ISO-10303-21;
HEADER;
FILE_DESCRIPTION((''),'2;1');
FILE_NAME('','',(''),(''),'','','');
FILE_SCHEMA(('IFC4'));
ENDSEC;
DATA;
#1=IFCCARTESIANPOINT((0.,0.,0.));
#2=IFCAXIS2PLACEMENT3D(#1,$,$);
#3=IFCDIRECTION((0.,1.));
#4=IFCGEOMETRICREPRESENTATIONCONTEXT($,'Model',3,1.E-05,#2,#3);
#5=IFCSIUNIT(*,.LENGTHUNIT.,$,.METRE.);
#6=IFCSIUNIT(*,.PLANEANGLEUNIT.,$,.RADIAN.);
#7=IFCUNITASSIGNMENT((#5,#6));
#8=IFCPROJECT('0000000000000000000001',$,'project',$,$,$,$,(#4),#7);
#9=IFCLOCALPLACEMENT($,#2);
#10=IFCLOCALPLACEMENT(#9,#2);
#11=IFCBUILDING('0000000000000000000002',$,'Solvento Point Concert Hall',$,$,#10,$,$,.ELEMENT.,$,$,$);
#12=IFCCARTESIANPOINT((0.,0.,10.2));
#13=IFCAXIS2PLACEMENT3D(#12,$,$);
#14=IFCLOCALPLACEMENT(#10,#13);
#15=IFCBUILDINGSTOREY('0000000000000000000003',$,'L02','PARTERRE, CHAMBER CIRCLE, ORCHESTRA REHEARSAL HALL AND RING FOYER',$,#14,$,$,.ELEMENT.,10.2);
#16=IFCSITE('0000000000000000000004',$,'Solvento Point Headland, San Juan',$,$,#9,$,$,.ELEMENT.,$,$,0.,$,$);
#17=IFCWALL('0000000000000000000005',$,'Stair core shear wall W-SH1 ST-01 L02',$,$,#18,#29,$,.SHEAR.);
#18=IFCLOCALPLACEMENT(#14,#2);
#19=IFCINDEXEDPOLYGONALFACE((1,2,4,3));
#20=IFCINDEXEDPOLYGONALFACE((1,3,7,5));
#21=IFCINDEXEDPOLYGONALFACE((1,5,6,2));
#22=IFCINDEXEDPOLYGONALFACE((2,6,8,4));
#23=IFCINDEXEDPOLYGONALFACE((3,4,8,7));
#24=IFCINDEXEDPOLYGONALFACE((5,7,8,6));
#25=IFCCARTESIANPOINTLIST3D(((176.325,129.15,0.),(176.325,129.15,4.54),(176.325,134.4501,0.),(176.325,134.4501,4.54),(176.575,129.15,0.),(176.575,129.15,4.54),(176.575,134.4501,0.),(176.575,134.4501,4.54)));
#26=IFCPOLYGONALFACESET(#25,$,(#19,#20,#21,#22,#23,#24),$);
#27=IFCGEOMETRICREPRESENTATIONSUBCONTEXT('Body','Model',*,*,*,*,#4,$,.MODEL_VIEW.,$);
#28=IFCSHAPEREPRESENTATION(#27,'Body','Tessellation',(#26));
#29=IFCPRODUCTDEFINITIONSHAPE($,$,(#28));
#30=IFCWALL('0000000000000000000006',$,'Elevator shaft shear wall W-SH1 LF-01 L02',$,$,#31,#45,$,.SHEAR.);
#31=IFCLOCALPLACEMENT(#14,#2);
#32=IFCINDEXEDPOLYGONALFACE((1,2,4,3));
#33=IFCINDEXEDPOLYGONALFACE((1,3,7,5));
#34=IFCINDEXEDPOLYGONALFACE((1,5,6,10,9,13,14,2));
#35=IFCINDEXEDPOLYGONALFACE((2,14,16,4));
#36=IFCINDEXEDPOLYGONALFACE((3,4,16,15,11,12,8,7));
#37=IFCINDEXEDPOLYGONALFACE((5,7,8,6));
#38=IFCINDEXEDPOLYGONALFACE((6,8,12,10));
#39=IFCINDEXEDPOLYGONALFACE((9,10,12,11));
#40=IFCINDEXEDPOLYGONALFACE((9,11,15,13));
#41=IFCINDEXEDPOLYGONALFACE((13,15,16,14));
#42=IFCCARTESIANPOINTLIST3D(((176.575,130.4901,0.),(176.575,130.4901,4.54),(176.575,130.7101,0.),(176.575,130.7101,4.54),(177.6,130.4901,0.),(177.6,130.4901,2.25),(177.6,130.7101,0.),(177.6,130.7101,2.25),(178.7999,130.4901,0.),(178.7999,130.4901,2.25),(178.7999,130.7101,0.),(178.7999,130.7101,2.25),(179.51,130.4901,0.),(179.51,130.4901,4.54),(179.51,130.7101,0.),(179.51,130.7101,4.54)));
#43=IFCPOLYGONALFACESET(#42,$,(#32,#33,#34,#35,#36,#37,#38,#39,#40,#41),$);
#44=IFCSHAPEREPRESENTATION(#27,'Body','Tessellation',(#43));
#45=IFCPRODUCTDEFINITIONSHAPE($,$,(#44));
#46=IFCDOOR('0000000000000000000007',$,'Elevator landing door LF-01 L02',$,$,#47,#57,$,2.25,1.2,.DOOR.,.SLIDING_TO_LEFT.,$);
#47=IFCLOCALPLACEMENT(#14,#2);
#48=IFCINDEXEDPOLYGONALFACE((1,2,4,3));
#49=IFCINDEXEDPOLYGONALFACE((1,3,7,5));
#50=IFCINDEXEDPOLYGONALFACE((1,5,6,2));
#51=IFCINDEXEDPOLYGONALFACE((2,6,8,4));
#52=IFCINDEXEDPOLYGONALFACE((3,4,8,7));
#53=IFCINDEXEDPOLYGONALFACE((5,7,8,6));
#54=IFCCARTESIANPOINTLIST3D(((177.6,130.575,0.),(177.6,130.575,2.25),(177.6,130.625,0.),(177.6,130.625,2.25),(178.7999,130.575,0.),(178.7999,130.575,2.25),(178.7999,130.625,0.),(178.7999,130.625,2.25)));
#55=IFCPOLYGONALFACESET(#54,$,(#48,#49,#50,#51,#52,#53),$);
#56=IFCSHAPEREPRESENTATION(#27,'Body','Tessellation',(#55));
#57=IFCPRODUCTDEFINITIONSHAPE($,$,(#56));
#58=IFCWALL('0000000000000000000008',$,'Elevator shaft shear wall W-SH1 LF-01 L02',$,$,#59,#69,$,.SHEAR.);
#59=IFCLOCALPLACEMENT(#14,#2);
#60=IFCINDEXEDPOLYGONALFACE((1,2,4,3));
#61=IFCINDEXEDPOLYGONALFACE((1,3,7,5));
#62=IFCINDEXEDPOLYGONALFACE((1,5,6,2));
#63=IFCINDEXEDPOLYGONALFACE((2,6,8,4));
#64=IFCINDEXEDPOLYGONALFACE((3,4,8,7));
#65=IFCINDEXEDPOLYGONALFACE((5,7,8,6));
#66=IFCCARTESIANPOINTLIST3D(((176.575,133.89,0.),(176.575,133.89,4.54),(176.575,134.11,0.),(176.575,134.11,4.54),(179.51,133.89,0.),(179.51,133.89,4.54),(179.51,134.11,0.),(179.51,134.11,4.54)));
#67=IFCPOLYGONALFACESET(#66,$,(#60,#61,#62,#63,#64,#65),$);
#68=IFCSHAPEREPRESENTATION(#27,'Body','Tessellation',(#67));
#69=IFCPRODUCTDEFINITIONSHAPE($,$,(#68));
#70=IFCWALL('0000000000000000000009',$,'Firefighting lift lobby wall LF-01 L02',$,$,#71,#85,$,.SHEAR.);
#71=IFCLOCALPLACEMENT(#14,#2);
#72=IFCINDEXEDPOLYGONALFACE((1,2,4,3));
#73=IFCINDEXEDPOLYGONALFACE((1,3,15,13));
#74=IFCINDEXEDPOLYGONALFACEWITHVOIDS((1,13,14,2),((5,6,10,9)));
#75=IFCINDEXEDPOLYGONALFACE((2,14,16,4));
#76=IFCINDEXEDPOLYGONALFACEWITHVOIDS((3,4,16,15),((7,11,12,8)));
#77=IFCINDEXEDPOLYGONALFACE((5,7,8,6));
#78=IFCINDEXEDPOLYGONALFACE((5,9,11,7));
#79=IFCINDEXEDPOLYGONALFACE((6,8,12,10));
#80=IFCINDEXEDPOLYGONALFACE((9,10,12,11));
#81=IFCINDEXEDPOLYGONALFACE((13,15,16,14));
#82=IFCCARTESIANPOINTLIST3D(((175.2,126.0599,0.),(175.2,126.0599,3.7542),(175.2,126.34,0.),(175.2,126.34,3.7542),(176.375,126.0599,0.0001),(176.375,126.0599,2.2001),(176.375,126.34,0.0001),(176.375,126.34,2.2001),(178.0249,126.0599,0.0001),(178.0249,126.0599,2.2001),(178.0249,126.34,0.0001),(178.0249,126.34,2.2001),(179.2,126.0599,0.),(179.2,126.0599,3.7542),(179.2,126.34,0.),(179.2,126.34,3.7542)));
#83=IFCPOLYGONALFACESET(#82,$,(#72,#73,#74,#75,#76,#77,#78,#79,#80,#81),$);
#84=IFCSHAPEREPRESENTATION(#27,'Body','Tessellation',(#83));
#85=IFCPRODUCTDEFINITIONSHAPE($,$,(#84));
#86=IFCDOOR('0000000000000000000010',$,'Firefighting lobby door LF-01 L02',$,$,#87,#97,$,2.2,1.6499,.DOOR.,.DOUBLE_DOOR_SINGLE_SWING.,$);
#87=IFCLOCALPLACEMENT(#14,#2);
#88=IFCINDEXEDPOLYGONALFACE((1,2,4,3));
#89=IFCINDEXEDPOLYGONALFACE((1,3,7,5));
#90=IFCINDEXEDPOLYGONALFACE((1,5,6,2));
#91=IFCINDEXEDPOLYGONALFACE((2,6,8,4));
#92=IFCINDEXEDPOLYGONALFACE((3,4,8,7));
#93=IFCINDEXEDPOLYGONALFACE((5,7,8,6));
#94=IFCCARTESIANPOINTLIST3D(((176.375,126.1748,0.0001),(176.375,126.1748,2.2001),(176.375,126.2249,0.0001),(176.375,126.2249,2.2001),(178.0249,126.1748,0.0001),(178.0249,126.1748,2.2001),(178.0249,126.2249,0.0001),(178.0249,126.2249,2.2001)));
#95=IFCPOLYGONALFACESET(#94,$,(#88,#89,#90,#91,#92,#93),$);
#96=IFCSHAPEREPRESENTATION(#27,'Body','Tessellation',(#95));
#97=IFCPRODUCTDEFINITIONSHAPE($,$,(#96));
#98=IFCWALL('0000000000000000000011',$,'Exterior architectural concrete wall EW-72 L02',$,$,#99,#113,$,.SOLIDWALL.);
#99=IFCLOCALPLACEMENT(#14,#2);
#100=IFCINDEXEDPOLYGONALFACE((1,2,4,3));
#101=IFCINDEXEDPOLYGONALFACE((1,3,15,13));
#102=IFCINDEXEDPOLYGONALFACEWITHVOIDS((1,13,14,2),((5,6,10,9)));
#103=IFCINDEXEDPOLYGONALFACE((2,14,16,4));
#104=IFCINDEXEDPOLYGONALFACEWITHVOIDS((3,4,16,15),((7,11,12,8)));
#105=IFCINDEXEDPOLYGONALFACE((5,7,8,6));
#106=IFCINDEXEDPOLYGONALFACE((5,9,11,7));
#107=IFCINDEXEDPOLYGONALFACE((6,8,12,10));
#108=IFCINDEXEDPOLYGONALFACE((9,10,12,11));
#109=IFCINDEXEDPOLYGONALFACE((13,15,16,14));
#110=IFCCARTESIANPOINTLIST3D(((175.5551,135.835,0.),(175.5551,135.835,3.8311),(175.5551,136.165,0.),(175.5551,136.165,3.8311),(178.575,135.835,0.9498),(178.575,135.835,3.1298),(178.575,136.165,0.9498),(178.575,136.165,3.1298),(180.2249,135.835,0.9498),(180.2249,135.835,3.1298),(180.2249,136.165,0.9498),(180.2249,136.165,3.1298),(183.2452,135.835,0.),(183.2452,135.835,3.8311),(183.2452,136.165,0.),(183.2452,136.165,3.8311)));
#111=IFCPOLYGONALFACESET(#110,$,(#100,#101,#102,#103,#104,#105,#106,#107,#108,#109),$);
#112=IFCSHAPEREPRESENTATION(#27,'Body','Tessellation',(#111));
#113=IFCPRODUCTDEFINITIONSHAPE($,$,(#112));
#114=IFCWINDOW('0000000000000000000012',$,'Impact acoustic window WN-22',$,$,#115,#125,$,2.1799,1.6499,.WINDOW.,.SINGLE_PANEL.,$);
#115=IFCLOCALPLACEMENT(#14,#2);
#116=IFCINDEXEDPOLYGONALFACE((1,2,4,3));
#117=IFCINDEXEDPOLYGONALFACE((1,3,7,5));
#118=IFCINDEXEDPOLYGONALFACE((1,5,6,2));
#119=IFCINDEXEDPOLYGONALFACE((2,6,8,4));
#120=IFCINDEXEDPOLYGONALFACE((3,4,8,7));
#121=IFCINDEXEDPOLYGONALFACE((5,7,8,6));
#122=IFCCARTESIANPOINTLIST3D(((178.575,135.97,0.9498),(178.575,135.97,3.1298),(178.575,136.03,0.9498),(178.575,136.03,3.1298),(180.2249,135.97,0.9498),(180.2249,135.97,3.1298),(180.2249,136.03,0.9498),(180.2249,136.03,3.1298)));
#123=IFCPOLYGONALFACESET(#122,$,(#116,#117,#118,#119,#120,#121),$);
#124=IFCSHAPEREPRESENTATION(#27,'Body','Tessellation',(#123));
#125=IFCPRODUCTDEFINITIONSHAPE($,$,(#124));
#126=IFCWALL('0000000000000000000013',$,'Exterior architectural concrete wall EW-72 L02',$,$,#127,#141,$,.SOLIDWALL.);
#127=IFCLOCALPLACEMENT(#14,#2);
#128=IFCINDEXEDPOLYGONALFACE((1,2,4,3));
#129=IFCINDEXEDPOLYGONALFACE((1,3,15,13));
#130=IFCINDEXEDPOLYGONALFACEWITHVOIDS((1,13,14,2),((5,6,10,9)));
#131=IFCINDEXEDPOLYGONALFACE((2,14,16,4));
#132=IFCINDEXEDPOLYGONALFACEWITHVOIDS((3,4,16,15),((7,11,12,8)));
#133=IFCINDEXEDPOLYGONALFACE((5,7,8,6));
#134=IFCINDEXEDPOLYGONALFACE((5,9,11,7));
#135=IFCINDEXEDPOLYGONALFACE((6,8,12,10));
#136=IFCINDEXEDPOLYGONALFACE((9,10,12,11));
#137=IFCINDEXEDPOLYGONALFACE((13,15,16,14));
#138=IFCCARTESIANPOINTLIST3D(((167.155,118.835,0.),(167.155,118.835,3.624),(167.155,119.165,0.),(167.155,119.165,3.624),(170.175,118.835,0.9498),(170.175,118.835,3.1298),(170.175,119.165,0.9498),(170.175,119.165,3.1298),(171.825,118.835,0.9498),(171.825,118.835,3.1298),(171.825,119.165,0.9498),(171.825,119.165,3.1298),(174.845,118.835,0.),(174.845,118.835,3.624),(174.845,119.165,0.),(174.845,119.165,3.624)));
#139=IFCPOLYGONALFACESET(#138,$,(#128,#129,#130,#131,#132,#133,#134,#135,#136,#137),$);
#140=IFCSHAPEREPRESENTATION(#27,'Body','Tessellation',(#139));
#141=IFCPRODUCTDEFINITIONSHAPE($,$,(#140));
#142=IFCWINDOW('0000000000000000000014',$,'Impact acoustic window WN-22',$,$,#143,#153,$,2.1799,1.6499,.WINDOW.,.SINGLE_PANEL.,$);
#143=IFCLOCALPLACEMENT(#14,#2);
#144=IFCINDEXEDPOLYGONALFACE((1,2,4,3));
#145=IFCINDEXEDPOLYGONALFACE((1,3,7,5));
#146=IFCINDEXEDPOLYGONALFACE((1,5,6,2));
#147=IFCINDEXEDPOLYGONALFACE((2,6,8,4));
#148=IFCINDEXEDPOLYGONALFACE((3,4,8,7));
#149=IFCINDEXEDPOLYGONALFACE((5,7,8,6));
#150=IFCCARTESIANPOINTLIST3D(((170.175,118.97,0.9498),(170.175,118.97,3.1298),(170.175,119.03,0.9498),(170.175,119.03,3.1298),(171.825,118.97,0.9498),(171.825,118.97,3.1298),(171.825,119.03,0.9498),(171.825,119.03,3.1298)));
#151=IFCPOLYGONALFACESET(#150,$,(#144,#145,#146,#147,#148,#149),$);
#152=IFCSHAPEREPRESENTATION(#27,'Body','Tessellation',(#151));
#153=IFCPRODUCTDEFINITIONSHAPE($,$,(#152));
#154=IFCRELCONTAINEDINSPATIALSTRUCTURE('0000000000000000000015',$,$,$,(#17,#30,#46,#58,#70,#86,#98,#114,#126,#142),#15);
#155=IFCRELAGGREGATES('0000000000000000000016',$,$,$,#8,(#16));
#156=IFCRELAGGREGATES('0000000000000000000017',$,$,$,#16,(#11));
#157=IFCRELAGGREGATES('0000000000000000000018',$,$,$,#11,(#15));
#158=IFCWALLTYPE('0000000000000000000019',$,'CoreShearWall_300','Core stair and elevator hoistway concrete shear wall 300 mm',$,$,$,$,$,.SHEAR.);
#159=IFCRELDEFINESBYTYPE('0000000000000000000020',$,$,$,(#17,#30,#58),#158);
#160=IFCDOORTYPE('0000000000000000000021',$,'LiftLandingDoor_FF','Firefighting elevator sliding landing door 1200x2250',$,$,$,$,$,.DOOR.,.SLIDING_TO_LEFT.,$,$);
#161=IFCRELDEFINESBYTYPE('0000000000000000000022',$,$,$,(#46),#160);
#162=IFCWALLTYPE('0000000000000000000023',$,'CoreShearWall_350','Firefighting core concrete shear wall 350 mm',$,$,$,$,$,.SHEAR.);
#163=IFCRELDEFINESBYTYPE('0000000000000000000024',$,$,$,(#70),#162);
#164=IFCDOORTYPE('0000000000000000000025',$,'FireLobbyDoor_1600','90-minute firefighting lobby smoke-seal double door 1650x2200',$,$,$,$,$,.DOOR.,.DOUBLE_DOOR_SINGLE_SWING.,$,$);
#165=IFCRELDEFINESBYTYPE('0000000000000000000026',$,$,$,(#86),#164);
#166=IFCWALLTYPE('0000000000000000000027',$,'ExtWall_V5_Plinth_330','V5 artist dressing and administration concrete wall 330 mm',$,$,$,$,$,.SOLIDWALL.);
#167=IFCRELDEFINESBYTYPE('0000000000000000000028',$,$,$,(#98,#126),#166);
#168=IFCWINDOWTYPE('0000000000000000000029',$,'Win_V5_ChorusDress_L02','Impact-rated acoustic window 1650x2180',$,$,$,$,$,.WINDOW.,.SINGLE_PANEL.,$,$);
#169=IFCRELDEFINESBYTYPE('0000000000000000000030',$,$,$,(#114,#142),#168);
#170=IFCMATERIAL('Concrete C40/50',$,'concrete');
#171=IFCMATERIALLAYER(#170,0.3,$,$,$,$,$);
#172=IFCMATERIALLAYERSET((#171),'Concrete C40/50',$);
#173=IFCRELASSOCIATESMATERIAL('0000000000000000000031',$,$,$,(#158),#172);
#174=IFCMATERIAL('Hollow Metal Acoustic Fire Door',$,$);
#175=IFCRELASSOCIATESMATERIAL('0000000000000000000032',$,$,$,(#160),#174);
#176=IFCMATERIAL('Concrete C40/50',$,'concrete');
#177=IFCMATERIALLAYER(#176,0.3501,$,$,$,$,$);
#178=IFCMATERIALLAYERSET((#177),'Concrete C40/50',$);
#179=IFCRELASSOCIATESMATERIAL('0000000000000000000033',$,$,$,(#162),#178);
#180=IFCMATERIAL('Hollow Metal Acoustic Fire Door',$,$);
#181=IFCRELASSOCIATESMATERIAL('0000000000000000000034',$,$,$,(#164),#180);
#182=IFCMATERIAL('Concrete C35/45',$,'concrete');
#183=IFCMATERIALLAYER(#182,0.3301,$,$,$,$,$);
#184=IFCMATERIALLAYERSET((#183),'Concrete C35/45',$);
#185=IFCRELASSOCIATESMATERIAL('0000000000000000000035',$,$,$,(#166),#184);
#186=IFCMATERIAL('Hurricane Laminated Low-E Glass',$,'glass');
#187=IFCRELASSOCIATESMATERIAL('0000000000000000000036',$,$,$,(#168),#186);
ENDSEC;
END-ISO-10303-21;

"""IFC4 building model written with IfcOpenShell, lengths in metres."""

from ifc_helpers import new_model, si_unit, direction, frame, frame_2d, origin, place, context, subcontext, project, spatial, rectangle, extrude, material, layer, layer_set, type_object, element, fill, save


model = new_model("IFC4")

# Units and contexts
model_context = context("Model", 3, precision=1e-05, world=origin(), true_north=direction((0.0, 1.0)))
body_context = subcontext(model_context, "Body", "Model", "MODEL_VIEW")
ifc_project = project(units=[si_unit("LENGTHUNIT", "METRE"), si_unit("PLANEANGLEUNIT", "RADIAN")], contexts=[model_context])

# Site, building, storey
site_placement = place(None, origin())
site = spatial("IfcSite", under=ifc_project, at=site_placement, Name="Solvento Point Headland, San Juan", CompositionType="ELEMENT", RefElevation=0.0)
building_placement = place(site_placement, origin())
building = spatial("IfcBuilding", under=site, at=building_placement, Name="Solvento Point Concert Hall", CompositionType="ELEMENT")
storey_placement = place(building_placement, frame((0.0, 0.0, 10.2)))
storey = spatial("IfcBuildingStorey", under=building, at=storey_placement, Name="L02", Description="PARTERRE, CHAMBER CIRCLE, ORCHESTRA REHEARSAL HALL AND RING FOYER", CompositionType="ELEMENT", Elevation=10.2)

# Wall
ifc_material_1 = material(Name="Concrete C40/50", Category="concrete")
ifc_layer_1 = layer(ifc_material_1, 0.3)
ifc_layer_set_1 = layer_set([ifc_layer_1], Name="Concrete C40/50")
wall_type_1 = type_object("IfcWallType", Name="CoreShearWall_300", Description="Core stair and elevator hoistway concrete shear wall 300 mm", PredefinedType="SHEAR", material=ifc_layer_set_1)
wall_1_placement = place(storey_placement, frame((176.45, 134.45, 0.0), z_axis=(0.0, 0.0, 1.0), x_axis=(0.0, -1.0, 0.0)))
element("IfcWall", 1, at=wall_1_placement, inside=storey, type_object=wall_type_1, Name="Stair core shear wall W-SH1 ST-01 L02", PredefinedType="SHEAR", context=body_context, shape_type="SweptSolid", body=[
    extrude(rectangle(XDim=5.3, YDim=0.25, at=frame_2d((2.6499, 0.0))), origin(), (0.0, 0.0, 1.0), 4.54),
])

# Wall, opening, door
wall_2_placement = place(storey_placement, frame((176.575, 130.6001, 0.0), z_axis=(0.0, 0.0, 1.0), x_axis=(1.0, 0.0, 0.0)))
wall_2 = element("IfcWall", 2, at=wall_2_placement, inside=storey, type_object=wall_type_1, Name="Elevator shaft shear wall W-SH1 LF-01 L02", PredefinedType="SHEAR", context=body_context, shape_type="SweptSolid", body=[
    extrude(rectangle(XDim=2.9351, YDim=0.22, at=frame_2d((1.4675, 0.0))), origin(), (0.0, 0.0, 1.0), 4.54),
])
opening_1_placement = place(wall_2_placement, frame((1.0249, 0.0, 0.0)))
opening_1 = element("IfcOpeningElement", 3, at=opening_1_placement, cuts=wall_2, PredefinedType="OPENING", context=body_context, shape_type="SweptSolid", body=[
    extrude(rectangle(XDim=1.2, YDim=2.25, at=frame_2d((0.6001, 1.125))), frame((0.0, 0.1199, 0.0), z_axis=(0.0, -1.0, 0.0), x_axis=(1.0, 0.0, 0.0)), (0.0, 0.0, 1.0), 0.24),
])
ifc_material_2 = material(Name="Hollow Metal Acoustic Fire Door")
door_type_1 = type_object("IfcDoorType", Name="LiftLandingDoor_FF", Description="Firefighting elevator sliding landing door 1200x2250", OperationType="SLIDING_TO_LEFT", PredefinedType="DOOR", material=ifc_material_2)
door_1_placement = place(opening_1_placement, origin())
door_1 = element("IfcDoor", 4, at=door_1_placement, inside=storey, type_object=door_type_1, Name="Elevator landing door LF-01 L02", OperationType="SLIDING_TO_LEFT", OverallHeight=2.25, OverallWidth=1.2, PredefinedType="DOOR", context=body_context, shape_type="SweptSolid", body=[
    extrude(rectangle(XDim=1.2, YDim=2.25, at=frame_2d((0.6001, 1.125))), frame((0.0, 0.0249, 0.0), z_axis=(0.0, -1.0, 0.0), x_axis=(1.0, 0.0, 0.0)), (0.0, 0.0, 1.0), 0.05),
])
fill(opening_1, door_1)

# Wall
wall_3_placement = place(storey_placement, frame((176.575, 134.0, 0.0), z_axis=(0.0, 0.0, 1.0), x_axis=(1.0, 0.0, 0.0)))
element("IfcWall", 5, at=wall_3_placement, inside=storey, type_object=wall_type_1, Name="Elevator shaft shear wall W-SH1 LF-01 L02", PredefinedType="SHEAR", context=body_context, shape_type="SweptSolid", body=[
    extrude(rectangle(XDim=2.9351, YDim=0.22, at=frame_2d((1.4675, 0.0))), origin(), (0.0, 0.0, 1.0), 4.54),
])

# Wall, opening, door
ifc_material_3 = material(Name="Concrete C40/50", Category="concrete")
ifc_layer_2 = layer(ifc_material_3, 0.3501)
ifc_layer_set_2 = layer_set([ifc_layer_2], Name="Concrete C40/50")
wall_type_2 = type_object("IfcWallType", Name="CoreShearWall_350", Description="Firefighting core concrete shear wall 350 mm", PredefinedType="SHEAR", material=ifc_layer_set_2)
wall_4_placement = place(storey_placement, frame((175.2, 126.2, 0.0), z_axis=(0.0, 0.0, 1.0), x_axis=(1.0, 0.0, 0.0)))
wall_4 = element("IfcWall", 6, at=wall_4_placement, inside=storey, type_object=wall_type_2, Name="Firefighting lift lobby wall LF-01 L02", PredefinedType="SHEAR", context=body_context, shape_type="SweptSolid", body=[
    extrude(rectangle(XDim=4.0, YDim=0.28, at=frame_2d((2.0, 0.0))), origin(), (0.0, 0.0, 1.0), 3.7542),
])
opening_2_placement = place(wall_4_placement, frame((1.175, 0.0, 0.0)))
opening_2 = element("IfcOpeningElement", 7, at=opening_2_placement, cuts=wall_4, PredefinedType="OPENING", context=body_context, shape_type="SweptSolid", body=[
    extrude(rectangle(XDim=1.6499, YDim=2.2, at=frame_2d((0.825, 1.1001))), frame((0.0, 0.1499, 0.0), z_axis=(0.0, -1.0, 0.0), x_axis=(1.0, 0.0, 0.0)), (0.0, 0.0, 1.0), 0.3),
])
ifc_material_4 = material(Name="Hollow Metal Acoustic Fire Door")
door_type_2 = type_object("IfcDoorType", Name="FireLobbyDoor_1600", Description="90-minute firefighting lobby smoke-seal double door 1650x2200", OperationType="DOUBLE_DOOR_SINGLE_SWING", PredefinedType="DOOR", material=ifc_material_4)
door_2_placement = place(opening_2_placement, origin())
door_2 = element("IfcDoor", 8, at=door_2_placement, inside=storey, type_object=door_type_2, Name="Firefighting lobby door LF-01 L02", OperationType="DOUBLE_DOOR_SINGLE_SWING", OverallHeight=2.2, OverallWidth=1.6499, PredefinedType="DOOR", context=body_context, shape_type="SweptSolid", body=[
    extrude(rectangle(XDim=1.6499, YDim=2.2, at=frame_2d((0.825, 1.1001))), frame((0.0, 0.0249, 0.0), z_axis=(0.0, -1.0, 0.0), x_axis=(1.0, 0.0, 0.0)), (0.0, 0.0, 1.0), 0.05),
])
fill(opening_2, door_2)

# Walls, openings, windows
ifc_material_5 = material(Name="Concrete C35/45", Category="concrete")
ifc_layer_3 = layer(ifc_material_5, 0.3301)
ifc_layer_set_3 = layer_set([ifc_layer_3], Name="Concrete C35/45")
wall_type_3 = type_object("IfcWallType", Name="ExtWall_V5_Plinth_330", Description="V5 artist dressing and administration concrete wall 330 mm", PredefinedType="SOLIDWALL", material=ifc_layer_set_3)
wall_5_placement = place(storey_placement, frame((175.5549, 136.0, 0.0), z_axis=(0.0, 0.0, 1.0), x_axis=(1.0, 0.0, 0.0)))
wall_5 = element("IfcWall", 9, at=wall_5_placement, inside=storey, type_object=wall_type_3, Name="Exterior architectural concrete wall EW-72 L02", PredefinedType="SOLIDWALL", context=body_context, shape_type="SweptSolid", body=[
    extrude(rectangle(XDim=7.6902, YDim=0.3301, at=frame_2d((3.8452, 0.0))), origin(), (0.0, 0.0, 1.0), 3.8311),
])
opening_3_placement = place(wall_5_placement, frame((3.02, 0.0, 0.95)))
opening_3 = element("IfcOpeningElement", 10, at=opening_3_placement, cuts=wall_5, PredefinedType="OPENING", context=body_context, shape_type="SweptSolid", body=[
    extrude(rectangle(XDim=1.6499, YDim=2.1799, at=frame_2d((0.825, 1.0898))), frame((0.0, 0.175, 0.0), z_axis=(0.0, -1.0, 0.0), x_axis=(1.0, 0.0, 0.0)), (0.0, 0.0, 1.0), 0.3501),
])
ifc_material_6 = material(Name="Hurricane Laminated Low-E Glass", Category="glass")
window_type = type_object("IfcWindowType", Name="Win_V5_ChorusDress_L02", Description="Impact-rated acoustic window 1650x2180", PartitioningType="SINGLE_PANEL", PredefinedType="WINDOW", material=ifc_material_6)
window_1_placement = place(opening_3_placement, origin())
window_1 = element("IfcWindow", 11, at=window_1_placement, inside=storey, type_object=window_type, Name="Impact acoustic window WN-22", OverallHeight=2.1799, OverallWidth=1.6499, PartitioningType="SINGLE_PANEL", PredefinedType="WINDOW", context=body_context, shape_type="SweptSolid", body=[
    extrude(rectangle(XDim=1.6499, YDim=2.1799, at=frame_2d((0.825, 1.0898))), frame((0.0, 0.03, 0.0), z_axis=(0.0, -1.0, 0.0), x_axis=(1.0, 0.0, 0.0)), (0.0, 0.0, 1.0), 0.0601),
])
fill(opening_3, window_1)
wall_6_placement = place(storey_placement, frame((174.845, 119.0, 0.0), z_axis=(0.0, 0.0, 1.0), x_axis=(-1.0, 0.0, 0.0)))
wall_6 = element("IfcWall", 12, at=wall_6_placement, inside=storey, type_object=wall_type_3, Name="Exterior architectural concrete wall EW-72 L02", PredefinedType="SOLIDWALL", context=body_context, shape_type="SweptSolid", body=[
    extrude(rectangle(XDim=7.6899, YDim=0.3301, at=frame_2d((3.845, 0.0))), origin(), (0.0, 0.0, 1.0), 3.624),
])
opening_4_placement = place(wall_6_placement, frame((3.02, 0.0, 0.95)))
opening_4 = element("IfcOpeningElement", 13, at=opening_4_placement, cuts=wall_6, PredefinedType="OPENING", context=body_context, shape_type="SweptSolid", body=[
    extrude(rectangle(XDim=1.6499, YDim=2.1799, at=frame_2d((0.825, 1.0898))), frame((0.0, 0.175, 0.0), z_axis=(0.0, -1.0, 0.0), x_axis=(1.0, 0.0, 0.0)), (0.0, 0.0, 1.0), 0.3501),
])
window_2_placement = place(opening_4_placement, origin())
window_2 = element("IfcWindow", 14, at=window_2_placement, inside=storey, type_object=window_type, Name="Impact acoustic window WN-22", OverallHeight=2.1799, OverallWidth=1.6499, PartitioningType="SINGLE_PANEL", PredefinedType="WINDOW", context=body_context, shape_type="SweptSolid", body=[
    extrude(rectangle(XDim=1.6499, YDim=2.1799, at=frame_2d((0.825, 1.0898))), frame((0.0, 0.03, 0.0), z_axis=(0.0, -1.0, 0.0), x_axis=(1.0, 0.0, 0.0)), (0.0, 0.0, 1.0), 0.0601),
])
fill(opening_4, window_2)

save(model, "model.ifc")
